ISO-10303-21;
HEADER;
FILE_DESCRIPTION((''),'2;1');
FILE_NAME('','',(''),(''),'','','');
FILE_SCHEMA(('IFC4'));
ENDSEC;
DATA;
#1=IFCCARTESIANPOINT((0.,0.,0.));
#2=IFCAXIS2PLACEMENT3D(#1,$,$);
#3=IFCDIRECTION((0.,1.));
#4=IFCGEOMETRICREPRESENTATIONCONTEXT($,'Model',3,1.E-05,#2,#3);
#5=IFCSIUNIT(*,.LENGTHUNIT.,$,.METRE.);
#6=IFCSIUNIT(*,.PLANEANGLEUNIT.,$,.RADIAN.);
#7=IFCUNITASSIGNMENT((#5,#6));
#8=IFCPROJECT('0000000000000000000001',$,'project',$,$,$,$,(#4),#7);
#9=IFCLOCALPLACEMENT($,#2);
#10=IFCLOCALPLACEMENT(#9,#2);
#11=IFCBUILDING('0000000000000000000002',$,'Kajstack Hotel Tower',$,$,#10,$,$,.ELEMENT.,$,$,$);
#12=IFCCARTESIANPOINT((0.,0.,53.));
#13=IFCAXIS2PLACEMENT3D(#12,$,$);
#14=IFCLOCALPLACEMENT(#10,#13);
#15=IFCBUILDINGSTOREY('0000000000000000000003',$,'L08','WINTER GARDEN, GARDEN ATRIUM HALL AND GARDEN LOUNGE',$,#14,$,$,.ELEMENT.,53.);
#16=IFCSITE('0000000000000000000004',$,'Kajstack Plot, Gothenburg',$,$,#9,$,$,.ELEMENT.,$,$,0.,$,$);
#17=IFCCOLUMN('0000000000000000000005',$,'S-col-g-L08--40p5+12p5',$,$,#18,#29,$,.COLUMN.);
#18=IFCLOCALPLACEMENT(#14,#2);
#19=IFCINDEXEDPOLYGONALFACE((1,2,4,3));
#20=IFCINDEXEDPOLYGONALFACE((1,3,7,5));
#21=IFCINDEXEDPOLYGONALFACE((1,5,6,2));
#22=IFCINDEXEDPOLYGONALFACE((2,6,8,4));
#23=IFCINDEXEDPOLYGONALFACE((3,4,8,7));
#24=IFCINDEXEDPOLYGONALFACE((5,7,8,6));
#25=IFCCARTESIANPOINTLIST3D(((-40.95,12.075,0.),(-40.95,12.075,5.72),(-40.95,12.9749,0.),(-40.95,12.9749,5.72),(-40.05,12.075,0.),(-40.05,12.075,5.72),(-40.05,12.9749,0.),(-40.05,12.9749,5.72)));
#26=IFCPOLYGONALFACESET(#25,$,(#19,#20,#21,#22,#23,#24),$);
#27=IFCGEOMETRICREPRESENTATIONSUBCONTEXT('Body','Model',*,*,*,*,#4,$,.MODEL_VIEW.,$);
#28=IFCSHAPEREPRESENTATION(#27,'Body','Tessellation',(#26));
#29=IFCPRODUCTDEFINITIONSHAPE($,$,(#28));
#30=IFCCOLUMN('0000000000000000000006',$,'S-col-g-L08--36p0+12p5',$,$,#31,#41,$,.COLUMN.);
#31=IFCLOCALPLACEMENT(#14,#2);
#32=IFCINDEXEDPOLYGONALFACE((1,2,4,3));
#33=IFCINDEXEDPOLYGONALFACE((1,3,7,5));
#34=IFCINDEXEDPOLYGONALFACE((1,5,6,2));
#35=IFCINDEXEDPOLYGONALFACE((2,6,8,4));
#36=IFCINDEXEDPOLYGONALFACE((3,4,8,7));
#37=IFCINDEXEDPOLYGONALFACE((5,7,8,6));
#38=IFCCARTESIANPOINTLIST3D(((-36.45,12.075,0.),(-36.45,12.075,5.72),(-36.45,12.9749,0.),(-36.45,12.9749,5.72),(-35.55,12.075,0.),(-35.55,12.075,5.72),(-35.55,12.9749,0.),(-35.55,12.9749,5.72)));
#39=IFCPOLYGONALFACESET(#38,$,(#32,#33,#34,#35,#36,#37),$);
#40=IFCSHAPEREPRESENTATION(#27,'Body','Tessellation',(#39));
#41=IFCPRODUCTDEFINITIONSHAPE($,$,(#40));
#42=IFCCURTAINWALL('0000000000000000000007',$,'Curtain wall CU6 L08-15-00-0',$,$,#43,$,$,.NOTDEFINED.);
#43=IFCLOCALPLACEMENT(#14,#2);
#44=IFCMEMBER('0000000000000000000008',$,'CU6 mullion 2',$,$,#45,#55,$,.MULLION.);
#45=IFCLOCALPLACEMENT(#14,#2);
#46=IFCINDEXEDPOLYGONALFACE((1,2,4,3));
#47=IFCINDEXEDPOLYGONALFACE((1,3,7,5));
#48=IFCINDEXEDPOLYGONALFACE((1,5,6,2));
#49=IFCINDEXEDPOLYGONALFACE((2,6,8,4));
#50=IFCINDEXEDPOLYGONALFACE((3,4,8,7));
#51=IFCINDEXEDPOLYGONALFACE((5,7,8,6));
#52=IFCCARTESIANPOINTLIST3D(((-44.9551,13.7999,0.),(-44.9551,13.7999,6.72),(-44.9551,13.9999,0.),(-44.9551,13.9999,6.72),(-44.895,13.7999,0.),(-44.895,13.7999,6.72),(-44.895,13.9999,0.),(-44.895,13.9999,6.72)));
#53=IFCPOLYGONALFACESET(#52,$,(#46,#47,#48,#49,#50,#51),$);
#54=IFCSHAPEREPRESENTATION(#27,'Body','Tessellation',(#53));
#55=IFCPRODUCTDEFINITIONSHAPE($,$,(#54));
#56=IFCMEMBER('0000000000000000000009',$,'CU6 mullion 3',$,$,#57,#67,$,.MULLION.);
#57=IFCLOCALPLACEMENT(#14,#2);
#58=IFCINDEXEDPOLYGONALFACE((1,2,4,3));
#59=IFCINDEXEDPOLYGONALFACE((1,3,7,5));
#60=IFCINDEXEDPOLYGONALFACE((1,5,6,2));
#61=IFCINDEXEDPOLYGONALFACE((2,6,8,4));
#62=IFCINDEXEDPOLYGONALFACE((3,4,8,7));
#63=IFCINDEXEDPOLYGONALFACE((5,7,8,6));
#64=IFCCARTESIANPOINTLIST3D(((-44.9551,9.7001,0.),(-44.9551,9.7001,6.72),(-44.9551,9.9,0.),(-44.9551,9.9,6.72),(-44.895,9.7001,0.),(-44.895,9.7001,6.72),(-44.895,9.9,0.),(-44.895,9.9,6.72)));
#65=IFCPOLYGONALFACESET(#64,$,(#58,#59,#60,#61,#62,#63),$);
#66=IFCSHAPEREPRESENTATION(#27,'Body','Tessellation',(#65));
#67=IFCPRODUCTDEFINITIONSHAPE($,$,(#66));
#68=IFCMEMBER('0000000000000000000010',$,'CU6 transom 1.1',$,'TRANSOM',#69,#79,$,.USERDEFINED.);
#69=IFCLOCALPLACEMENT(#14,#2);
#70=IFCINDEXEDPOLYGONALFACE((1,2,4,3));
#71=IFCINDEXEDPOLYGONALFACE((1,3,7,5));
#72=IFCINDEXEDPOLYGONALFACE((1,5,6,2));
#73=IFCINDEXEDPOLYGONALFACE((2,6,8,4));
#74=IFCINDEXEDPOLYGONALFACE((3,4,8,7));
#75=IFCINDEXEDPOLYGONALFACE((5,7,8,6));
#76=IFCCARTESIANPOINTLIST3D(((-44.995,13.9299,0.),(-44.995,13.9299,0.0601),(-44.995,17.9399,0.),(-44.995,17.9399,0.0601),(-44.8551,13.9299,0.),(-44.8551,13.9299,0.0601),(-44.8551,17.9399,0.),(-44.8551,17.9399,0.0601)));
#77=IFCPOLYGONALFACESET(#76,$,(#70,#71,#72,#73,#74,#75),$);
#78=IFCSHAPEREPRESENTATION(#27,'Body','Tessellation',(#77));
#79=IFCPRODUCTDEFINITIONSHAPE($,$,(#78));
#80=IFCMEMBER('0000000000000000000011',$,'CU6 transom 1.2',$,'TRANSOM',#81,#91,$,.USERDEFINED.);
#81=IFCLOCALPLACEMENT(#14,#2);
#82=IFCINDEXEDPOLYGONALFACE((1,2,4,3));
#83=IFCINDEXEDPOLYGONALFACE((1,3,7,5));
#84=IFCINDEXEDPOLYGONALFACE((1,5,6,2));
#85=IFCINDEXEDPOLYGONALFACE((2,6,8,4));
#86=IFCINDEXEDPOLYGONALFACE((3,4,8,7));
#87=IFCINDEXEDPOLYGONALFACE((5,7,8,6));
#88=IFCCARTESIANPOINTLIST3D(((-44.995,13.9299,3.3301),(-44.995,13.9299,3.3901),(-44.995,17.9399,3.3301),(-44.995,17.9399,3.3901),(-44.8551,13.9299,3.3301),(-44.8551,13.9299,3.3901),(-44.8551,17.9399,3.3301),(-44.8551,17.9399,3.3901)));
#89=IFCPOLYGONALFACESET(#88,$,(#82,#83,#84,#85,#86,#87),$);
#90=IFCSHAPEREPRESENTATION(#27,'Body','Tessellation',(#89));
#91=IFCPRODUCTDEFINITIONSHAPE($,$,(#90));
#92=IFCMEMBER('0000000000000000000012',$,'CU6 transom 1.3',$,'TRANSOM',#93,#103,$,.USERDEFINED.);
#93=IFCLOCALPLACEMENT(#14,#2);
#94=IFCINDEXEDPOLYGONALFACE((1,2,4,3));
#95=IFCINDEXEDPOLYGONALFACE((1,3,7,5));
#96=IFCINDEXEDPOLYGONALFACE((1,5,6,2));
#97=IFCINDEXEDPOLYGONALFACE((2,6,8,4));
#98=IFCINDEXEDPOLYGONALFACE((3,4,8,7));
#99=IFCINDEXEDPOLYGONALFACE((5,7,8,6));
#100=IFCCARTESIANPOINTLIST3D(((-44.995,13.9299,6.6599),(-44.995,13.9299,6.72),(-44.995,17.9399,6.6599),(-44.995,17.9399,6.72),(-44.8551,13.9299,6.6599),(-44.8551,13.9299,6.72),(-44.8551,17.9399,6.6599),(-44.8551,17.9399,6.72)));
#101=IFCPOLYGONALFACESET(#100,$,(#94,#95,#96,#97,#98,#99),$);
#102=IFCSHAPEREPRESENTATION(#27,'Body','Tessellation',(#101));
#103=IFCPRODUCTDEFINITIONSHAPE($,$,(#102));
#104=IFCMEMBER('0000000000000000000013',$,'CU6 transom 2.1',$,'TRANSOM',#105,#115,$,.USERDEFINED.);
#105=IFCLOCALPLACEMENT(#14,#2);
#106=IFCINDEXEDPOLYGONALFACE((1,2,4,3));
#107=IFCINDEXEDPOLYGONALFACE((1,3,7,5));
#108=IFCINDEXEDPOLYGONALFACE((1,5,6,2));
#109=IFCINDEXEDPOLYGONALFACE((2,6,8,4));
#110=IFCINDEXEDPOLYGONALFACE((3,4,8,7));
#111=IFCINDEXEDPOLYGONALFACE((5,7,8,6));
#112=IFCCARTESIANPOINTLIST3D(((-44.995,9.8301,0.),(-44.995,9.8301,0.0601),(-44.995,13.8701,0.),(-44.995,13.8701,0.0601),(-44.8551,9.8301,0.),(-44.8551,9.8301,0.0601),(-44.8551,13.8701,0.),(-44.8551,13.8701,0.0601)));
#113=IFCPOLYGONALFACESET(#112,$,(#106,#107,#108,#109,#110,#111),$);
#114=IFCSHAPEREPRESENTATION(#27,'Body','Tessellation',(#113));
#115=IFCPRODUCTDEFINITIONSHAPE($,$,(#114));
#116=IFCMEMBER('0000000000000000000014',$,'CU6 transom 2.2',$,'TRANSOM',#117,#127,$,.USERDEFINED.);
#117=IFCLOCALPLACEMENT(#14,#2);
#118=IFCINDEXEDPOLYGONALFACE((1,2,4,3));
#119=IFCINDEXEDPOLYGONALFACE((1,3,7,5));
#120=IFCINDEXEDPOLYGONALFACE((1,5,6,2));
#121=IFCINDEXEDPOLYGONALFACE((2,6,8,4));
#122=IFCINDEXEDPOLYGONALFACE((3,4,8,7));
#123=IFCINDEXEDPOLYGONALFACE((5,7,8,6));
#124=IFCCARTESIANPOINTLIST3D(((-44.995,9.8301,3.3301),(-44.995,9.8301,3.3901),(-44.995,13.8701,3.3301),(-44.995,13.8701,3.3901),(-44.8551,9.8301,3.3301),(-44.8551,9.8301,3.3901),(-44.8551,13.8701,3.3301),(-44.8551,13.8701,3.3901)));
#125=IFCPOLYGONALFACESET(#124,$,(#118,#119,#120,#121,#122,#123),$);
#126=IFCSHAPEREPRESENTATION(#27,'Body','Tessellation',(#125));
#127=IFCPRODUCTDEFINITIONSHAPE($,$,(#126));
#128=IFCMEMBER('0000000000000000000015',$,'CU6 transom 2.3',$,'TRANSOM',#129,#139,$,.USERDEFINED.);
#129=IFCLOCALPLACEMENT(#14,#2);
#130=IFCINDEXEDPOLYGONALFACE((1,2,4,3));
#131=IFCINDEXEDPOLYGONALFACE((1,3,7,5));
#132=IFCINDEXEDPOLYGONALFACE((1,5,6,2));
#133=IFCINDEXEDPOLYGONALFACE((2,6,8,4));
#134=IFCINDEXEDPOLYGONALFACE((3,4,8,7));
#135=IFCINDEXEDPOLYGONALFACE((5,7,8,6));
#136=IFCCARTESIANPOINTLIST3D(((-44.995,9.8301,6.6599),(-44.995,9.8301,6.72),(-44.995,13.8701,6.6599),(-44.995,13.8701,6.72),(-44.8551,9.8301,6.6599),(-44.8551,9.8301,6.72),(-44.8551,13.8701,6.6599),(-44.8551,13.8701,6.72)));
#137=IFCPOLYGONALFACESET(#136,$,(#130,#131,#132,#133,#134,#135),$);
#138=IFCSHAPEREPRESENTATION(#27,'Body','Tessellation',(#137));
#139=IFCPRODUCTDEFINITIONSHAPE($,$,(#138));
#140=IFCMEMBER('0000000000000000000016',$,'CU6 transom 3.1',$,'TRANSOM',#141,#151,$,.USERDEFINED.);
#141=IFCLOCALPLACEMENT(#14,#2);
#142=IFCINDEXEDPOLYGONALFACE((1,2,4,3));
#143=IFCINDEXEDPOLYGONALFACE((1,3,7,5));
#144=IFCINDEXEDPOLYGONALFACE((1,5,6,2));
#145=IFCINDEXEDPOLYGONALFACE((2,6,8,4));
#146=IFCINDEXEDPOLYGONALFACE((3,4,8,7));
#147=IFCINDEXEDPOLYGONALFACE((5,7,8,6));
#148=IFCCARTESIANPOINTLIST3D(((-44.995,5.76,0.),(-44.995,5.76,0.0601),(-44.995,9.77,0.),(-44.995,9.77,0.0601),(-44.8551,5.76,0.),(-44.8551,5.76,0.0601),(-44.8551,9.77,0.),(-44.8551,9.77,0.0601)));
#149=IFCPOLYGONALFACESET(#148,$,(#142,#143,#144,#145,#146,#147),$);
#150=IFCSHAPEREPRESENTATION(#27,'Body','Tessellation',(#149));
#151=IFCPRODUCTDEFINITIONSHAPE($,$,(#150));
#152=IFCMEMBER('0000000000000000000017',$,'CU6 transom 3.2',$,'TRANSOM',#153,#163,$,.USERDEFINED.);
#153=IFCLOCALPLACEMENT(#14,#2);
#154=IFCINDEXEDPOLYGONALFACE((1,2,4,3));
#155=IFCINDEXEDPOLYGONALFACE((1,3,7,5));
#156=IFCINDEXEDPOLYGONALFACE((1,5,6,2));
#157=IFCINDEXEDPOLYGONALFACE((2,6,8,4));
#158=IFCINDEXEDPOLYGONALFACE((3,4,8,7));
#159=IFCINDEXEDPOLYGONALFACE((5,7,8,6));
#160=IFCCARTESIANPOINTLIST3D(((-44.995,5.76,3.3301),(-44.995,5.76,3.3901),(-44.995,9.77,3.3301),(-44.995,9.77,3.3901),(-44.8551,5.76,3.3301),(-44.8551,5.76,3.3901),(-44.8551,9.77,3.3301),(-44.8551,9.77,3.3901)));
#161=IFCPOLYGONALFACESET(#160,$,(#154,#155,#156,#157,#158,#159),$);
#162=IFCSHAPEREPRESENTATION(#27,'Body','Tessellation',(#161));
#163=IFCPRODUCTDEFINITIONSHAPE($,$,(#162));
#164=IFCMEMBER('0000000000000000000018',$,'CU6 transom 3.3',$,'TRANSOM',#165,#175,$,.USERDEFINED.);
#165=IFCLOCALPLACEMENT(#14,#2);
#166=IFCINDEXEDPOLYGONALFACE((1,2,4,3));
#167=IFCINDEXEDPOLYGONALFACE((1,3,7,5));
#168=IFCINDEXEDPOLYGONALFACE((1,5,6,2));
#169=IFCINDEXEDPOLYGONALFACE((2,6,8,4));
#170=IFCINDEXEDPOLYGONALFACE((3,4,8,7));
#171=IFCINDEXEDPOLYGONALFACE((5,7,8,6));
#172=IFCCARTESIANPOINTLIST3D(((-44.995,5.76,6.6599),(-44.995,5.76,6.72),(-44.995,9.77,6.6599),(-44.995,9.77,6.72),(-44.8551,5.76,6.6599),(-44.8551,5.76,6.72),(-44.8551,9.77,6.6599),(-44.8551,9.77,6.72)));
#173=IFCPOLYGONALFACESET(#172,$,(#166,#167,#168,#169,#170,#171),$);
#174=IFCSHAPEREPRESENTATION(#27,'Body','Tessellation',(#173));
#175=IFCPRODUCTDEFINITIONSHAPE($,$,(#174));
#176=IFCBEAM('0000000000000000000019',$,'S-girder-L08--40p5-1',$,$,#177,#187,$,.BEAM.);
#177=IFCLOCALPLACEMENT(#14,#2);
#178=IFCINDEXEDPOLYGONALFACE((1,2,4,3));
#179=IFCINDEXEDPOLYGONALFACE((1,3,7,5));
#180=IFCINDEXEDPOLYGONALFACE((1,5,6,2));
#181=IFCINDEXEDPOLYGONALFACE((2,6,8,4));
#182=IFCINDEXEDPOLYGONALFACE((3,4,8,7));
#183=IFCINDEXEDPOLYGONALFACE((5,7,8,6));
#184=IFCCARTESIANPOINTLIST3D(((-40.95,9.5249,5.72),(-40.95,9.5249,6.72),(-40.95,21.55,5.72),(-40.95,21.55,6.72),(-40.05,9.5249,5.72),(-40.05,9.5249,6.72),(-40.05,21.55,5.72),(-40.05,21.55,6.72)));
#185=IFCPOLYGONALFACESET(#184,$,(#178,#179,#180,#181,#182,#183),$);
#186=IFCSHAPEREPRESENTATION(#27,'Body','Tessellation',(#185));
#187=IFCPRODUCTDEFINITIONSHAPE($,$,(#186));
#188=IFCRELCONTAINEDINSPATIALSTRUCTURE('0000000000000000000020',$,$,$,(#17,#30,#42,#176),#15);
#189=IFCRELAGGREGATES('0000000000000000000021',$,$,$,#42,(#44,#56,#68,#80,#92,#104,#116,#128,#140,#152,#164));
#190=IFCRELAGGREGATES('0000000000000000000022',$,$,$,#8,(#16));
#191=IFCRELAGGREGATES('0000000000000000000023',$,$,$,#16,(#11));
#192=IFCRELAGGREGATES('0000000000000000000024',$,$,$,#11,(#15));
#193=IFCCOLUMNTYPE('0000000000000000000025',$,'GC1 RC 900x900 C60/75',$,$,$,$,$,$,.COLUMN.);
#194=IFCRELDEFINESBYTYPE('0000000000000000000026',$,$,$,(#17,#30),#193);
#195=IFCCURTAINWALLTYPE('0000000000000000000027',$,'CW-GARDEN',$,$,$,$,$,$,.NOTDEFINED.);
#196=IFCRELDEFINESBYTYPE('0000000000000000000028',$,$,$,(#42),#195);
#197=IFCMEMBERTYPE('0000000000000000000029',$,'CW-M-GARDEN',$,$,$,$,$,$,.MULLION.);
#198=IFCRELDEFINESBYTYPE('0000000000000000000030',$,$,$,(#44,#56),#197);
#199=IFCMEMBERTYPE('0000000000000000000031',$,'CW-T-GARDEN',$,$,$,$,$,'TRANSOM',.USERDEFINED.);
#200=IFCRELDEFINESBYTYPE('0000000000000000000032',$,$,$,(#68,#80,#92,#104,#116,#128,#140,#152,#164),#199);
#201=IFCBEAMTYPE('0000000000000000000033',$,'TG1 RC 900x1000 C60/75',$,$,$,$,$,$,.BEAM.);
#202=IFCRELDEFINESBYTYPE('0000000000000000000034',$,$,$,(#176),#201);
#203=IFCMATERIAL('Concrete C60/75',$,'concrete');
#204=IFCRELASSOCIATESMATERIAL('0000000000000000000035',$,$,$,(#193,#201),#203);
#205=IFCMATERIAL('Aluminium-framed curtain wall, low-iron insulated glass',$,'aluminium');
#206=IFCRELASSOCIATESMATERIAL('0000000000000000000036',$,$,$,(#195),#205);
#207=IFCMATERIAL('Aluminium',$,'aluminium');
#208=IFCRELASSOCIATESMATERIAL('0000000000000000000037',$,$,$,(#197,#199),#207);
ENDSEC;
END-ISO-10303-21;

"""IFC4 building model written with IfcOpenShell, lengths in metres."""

from ifc_helpers import new_model, si_unit, direction, frame, origin, origin_2d, place, context, subcontext, project, spatial, rectangle, extrude, material, material_profile, profile_set, type_object, element, aggregate, save


model = new_model("IFC4")

# Units and contexts
model_context = context("Model", 3, precision=1e-05, world=origin(), true_north=direction((0.0, 1.0)))
body_context = subcontext(model_context, "Body", "Model", "MODEL_VIEW")
ifc_project = project(units=[si_unit("LENGTHUNIT", "METRE"), si_unit("PLANEANGLEUNIT", "RADIAN")], contexts=[model_context])

# Site, building, storey
site_placement = place(None, origin())
site = spatial("IfcSite", under=ifc_project, at=site_placement, Name="Kajstack Plot, Gothenburg", CompositionType="ELEMENT", RefElevation=0.0)
building_placement = place(site_placement, origin())
building = spatial("IfcBuilding", under=site, at=building_placement, Name="Kajstack Hotel Tower", CompositionType="ELEMENT")
storey_placement = place(building_placement, frame((0.0, 0.0, 53.0)))
storey = spatial("IfcBuildingStorey", under=building, at=storey_placement, Name="L08", Description="WINTER GARDEN, GARDEN ATRIUM HALL AND GARDEN LOUNGE", CompositionType="ELEMENT", Elevation=53.0)

# Columns
ifc_material_1 = material(Name="Concrete C60/75", Category="concrete")
ifc_material_profile_1 = material_profile(ifc_material_1, rectangle(XDim=0.8999, YDim=0.8999, at=origin_2d()), Name="RC 900x900")
ifc_profile_set_1 = profile_set([ifc_material_profile_1], Name="Concrete C60/75")
column_type = type_object("IfcColumnType", Name="GC1 RC 900x900 C60/75", PredefinedType="COLUMN", material=ifc_profile_set_1)
for number, where, z_axis, x_axis, name in (
    (1, (-40.5, 12.5249, 0.0), (0.0, 0.0, 1.0), (1.0, 0.0, 0.0), "S-col-g-L08--40p5+12p5"),
    (2, (-36.0, 12.5249, 0.0), (0.0, 0.0, 1.0), (1.0, 0.0, 0.0), "S-col-g-L08--36p0+12p5"),
):
    element("IfcColumn", number, at=place(storey_placement, frame(where, z_axis=z_axis, x_axis=x_axis)), inside=storey, type_object=column_type, Name=name, PredefinedType="COLUMN", context=body_context, shape_type="SweptSolid", body=[
        extrude(rectangle(XDim=0.8999, YDim=0.8999, at=origin_2d()), origin(), (0.0, 0.0, 1.0), 5.72),
    ])

# Curtain wall, members
ifc_material_2 = material(Name="Aluminium-framed curtain wall, low-iron insulated glass", Category="aluminium")
curtain_wall_type = type_object("IfcCurtainWallType", Name="CW-GARDEN", PredefinedType="NOTDEFINED", material=ifc_material_2)
curtain_wall_placement = place(storey_placement, origin())
curtain_wall = element("IfcCurtainWall", 3, at=curtain_wall_placement, inside=storey, type_object=curtain_wall_type, Name="Curtain wall CU6 L08-15-00-0", PredefinedType="NOTDEFINED")
ifc_material_3 = material(Name="Aluminium", Category="aluminium")
ifc_material_profile_2 = material_profile(ifc_material_3, rectangle(XDim=0.0601, YDim=0.2, at=origin_2d()), Name="Aluminium mullion 60 x 200")
ifc_profile_set_2 = profile_set([ifc_material_profile_2], Name="Aluminium")
member_type_1 = type_object("IfcMemberType", Name="CW-M-GARDEN", PredefinedType="MULLION", material=ifc_profile_set_2)
member_1_placement = place(storey_placement, frame((-44.925, 13.8999, 0.0), z_axis=(0.0, 0.0, 1.0), x_axis=(1.0, 0.0, 0.0)))
member_1 = element("IfcMember", 4, at=member_1_placement, type_object=member_type_1, Name="CU6 mullion 2", PredefinedType="MULLION", context=body_context, shape_type="SweptSolid", body=[
    extrude(rectangle(XDim=0.0601, YDim=0.2, at=origin_2d()), origin(), (0.0, 0.0, 1.0), 6.72),
])
member_2_placement = place(storey_placement, frame((-44.925, 9.8, 0.0), z_axis=(0.0, 0.0, 1.0), x_axis=(1.0, 0.0, 0.0)))
member_2 = element("IfcMember", 5, at=member_2_placement, type_object=member_type_1, Name="CU6 mullion 3", PredefinedType="MULLION", context=body_context, shape_type="SweptSolid", body=[
    extrude(rectangle(XDim=0.0601, YDim=0.2, at=origin_2d()), origin(), (0.0, 0.0, 1.0), 6.72),
])
ifc_material_profile_3 = material_profile(ifc_material_3, rectangle(XDim=0.1399, YDim=0.0601, at=origin_2d()), Name="Aluminium transom 140 x 60")
ifc_profile_set_3 = profile_set([ifc_material_profile_3], Name="Aluminium")
member_type_2 = type_object("IfcMemberType", Name="CW-T-GARDEN", ElementType="TRANSOM", PredefinedType="USERDEFINED", material=ifc_profile_set_3)
member_3_placement = place(storey_placement, frame((-44.925, 17.9399, 0.03), z_axis=(0.0, -1.0, 0.0), x_axis=(1.0, 0.0, 0.0)))
member_3 = element("IfcMember", 6, at=member_3_placement, type_object=member_type_2, Name="CU6 transom 1.1", ObjectType="TRANSOM", PredefinedType="USERDEFINED", context=body_context, shape_type="SweptSolid", body=[
    extrude(rectangle(XDim=0.1399, YDim=0.0601, at=origin_2d()), origin(), (0.0, 0.0, 1.0), 4.01),
])
member_4_placement = place(storey_placement, frame((-44.925, 17.9399, 3.3601), z_axis=(0.0, -1.0, 0.0), x_axis=(1.0, 0.0, 0.0)))
member_4 = element("IfcMember", 7, at=member_4_placement, type_object=member_type_2, Name="CU6 transom 1.2", ObjectType="TRANSOM", PredefinedType="USERDEFINED", context=body_context, shape_type="SweptSolid", body=[
    extrude(rectangle(XDim=0.1399, YDim=0.0601, at=origin_2d()), origin(), (0.0, 0.0, 1.0), 4.01),
])
member_5_placement = place(storey_placement, frame((-44.925, 17.9399, 6.6899), z_axis=(0.0, -1.0, 0.0), x_axis=(1.0, 0.0, 0.0)))
member_5 = element("IfcMember", 8, at=member_5_placement, type_object=member_type_2, Name="CU6 transom 1.3", ObjectType="TRANSOM", PredefinedType="USERDEFINED", context=body_context, shape_type="SweptSolid", body=[
    extrude(rectangle(XDim=0.1399, YDim=0.0601, at=origin_2d()), origin(), (0.0, 0.0, 1.0), 4.01),
])
member_6_placement = place(storey_placement, frame((-44.925, 13.8701, 0.03), z_axis=(0.0, -1.0, 0.0), x_axis=(1.0, 0.0, 0.0)))
member_6 = element("IfcMember", 9, at=member_6_placement, type_object=member_type_2, Name="CU6 transom 2.1", ObjectType="TRANSOM", PredefinedType="USERDEFINED", context=body_context, shape_type="SweptSolid", body=[
    extrude(rectangle(XDim=0.1399, YDim=0.0601, at=origin_2d()), origin(), (0.0, 0.0, 1.0), 4.04),
])
member_7_placement = place(storey_placement, frame((-44.925, 13.8701, 3.3601), z_axis=(0.0, -1.0, 0.0), x_axis=(1.0, 0.0, 0.0)))
member_7 = element("IfcMember", 10, at=member_7_placement, type_object=member_type_2, Name="CU6 transom 2.2", ObjectType="TRANSOM", PredefinedType="USERDEFINED", context=body_context, shape_type="SweptSolid", body=[
    extrude(rectangle(XDim=0.1399, YDim=0.0601, at=origin_2d()), origin(), (0.0, 0.0, 1.0), 4.04),
])
member_8_placement = place(storey_placement, frame((-44.925, 13.8701, 6.6899), z_axis=(0.0, -1.0, 0.0), x_axis=(1.0, 0.0, 0.0)))
member_8 = element("IfcMember", 11, at=member_8_placement, type_object=member_type_2, Name="CU6 transom 2.3", ObjectType="TRANSOM", PredefinedType="USERDEFINED", context=body_context, shape_type="SweptSolid", body=[
    extrude(rectangle(XDim=0.1399, YDim=0.0601, at=origin_2d()), origin(), (0.0, 0.0, 1.0), 4.04),
])
member_9_placement = place(storey_placement, frame((-44.925, 9.77, 0.03), z_axis=(0.0, -1.0, 0.0), x_axis=(1.0, 0.0, 0.0)))
member_9 = element("IfcMember", 12, at=member_9_placement, type_object=member_type_2, Name="CU6 transom 3.1", ObjectType="TRANSOM", PredefinedType="USERDEFINED", context=body_context, shape_type="SweptSolid", body=[
    extrude(rectangle(XDim=0.1399, YDim=0.0601, at=origin_2d()), origin(), (0.0, 0.0, 1.0), 4.01),
])
member_10_placement = place(storey_placement, frame((-44.925, 9.77, 3.3601), z_axis=(0.0, -1.0, 0.0), x_axis=(1.0, 0.0, 0.0)))
member_10 = element("IfcMember", 13, at=member_10_placement, type_object=member_type_2, Name="CU6 transom 3.2", ObjectType="TRANSOM", PredefinedType="USERDEFINED", context=body_context, shape_type="SweptSolid", body=[
    extrude(rectangle(XDim=0.1399, YDim=0.0601, at=origin_2d()), origin(), (0.0, 0.0, 1.0), 4.01),
])
member_11_placement = place(storey_placement, frame((-44.925, 9.77, 6.6899), z_axis=(0.0, -1.0, 0.0), x_axis=(1.0, 0.0, 0.0)))
member_11 = element("IfcMember", 14, at=member_11_placement, type_object=member_type_2, Name="CU6 transom 3.3", ObjectType="TRANSOM", PredefinedType="USERDEFINED", context=body_context, shape_type="SweptSolid", body=[
    extrude(rectangle(XDim=0.1399, YDim=0.0601, at=origin_2d()), origin(), (0.0, 0.0, 1.0), 4.01),
])

# Beam
ifc_material_profile_4 = material_profile(ifc_material_1, rectangle(XDim=0.8999, YDim=1.0, at=origin_2d()), Name="RC 900x1000")
ifc_profile_set_4 = profile_set([ifc_material_profile_4], Name="Concrete C60/75")
beam_type = type_object("IfcBeamType", Name="TG1 RC 900x1000 C60/75", PredefinedType="BEAM", material=ifc_profile_set_4)
beam_placement = place(storey_placement, frame((-40.5, 9.5249, 6.22), z_axis=(0.0, 1.0, 0.0), x_axis=(-1.0, 0.0, 0.0)))
element("IfcBeam", 15, at=beam_placement, inside=storey, type_object=beam_type, Name="S-girder-L08--40p5-1", PredefinedType="BEAM", context=body_context, shape_type="SweptSolid", body=[
    extrude(rectangle(XDim=0.8999, YDim=1.0, at=origin_2d()), origin(), (0.0, 0.0, 1.0), 12.0251),
])

aggregate(curtain_wall, [member_1, member_2, member_3, member_4, member_5, member_6, member_7, member_8, member_9, member_10, member_11])

save(model, "model.ifc")
